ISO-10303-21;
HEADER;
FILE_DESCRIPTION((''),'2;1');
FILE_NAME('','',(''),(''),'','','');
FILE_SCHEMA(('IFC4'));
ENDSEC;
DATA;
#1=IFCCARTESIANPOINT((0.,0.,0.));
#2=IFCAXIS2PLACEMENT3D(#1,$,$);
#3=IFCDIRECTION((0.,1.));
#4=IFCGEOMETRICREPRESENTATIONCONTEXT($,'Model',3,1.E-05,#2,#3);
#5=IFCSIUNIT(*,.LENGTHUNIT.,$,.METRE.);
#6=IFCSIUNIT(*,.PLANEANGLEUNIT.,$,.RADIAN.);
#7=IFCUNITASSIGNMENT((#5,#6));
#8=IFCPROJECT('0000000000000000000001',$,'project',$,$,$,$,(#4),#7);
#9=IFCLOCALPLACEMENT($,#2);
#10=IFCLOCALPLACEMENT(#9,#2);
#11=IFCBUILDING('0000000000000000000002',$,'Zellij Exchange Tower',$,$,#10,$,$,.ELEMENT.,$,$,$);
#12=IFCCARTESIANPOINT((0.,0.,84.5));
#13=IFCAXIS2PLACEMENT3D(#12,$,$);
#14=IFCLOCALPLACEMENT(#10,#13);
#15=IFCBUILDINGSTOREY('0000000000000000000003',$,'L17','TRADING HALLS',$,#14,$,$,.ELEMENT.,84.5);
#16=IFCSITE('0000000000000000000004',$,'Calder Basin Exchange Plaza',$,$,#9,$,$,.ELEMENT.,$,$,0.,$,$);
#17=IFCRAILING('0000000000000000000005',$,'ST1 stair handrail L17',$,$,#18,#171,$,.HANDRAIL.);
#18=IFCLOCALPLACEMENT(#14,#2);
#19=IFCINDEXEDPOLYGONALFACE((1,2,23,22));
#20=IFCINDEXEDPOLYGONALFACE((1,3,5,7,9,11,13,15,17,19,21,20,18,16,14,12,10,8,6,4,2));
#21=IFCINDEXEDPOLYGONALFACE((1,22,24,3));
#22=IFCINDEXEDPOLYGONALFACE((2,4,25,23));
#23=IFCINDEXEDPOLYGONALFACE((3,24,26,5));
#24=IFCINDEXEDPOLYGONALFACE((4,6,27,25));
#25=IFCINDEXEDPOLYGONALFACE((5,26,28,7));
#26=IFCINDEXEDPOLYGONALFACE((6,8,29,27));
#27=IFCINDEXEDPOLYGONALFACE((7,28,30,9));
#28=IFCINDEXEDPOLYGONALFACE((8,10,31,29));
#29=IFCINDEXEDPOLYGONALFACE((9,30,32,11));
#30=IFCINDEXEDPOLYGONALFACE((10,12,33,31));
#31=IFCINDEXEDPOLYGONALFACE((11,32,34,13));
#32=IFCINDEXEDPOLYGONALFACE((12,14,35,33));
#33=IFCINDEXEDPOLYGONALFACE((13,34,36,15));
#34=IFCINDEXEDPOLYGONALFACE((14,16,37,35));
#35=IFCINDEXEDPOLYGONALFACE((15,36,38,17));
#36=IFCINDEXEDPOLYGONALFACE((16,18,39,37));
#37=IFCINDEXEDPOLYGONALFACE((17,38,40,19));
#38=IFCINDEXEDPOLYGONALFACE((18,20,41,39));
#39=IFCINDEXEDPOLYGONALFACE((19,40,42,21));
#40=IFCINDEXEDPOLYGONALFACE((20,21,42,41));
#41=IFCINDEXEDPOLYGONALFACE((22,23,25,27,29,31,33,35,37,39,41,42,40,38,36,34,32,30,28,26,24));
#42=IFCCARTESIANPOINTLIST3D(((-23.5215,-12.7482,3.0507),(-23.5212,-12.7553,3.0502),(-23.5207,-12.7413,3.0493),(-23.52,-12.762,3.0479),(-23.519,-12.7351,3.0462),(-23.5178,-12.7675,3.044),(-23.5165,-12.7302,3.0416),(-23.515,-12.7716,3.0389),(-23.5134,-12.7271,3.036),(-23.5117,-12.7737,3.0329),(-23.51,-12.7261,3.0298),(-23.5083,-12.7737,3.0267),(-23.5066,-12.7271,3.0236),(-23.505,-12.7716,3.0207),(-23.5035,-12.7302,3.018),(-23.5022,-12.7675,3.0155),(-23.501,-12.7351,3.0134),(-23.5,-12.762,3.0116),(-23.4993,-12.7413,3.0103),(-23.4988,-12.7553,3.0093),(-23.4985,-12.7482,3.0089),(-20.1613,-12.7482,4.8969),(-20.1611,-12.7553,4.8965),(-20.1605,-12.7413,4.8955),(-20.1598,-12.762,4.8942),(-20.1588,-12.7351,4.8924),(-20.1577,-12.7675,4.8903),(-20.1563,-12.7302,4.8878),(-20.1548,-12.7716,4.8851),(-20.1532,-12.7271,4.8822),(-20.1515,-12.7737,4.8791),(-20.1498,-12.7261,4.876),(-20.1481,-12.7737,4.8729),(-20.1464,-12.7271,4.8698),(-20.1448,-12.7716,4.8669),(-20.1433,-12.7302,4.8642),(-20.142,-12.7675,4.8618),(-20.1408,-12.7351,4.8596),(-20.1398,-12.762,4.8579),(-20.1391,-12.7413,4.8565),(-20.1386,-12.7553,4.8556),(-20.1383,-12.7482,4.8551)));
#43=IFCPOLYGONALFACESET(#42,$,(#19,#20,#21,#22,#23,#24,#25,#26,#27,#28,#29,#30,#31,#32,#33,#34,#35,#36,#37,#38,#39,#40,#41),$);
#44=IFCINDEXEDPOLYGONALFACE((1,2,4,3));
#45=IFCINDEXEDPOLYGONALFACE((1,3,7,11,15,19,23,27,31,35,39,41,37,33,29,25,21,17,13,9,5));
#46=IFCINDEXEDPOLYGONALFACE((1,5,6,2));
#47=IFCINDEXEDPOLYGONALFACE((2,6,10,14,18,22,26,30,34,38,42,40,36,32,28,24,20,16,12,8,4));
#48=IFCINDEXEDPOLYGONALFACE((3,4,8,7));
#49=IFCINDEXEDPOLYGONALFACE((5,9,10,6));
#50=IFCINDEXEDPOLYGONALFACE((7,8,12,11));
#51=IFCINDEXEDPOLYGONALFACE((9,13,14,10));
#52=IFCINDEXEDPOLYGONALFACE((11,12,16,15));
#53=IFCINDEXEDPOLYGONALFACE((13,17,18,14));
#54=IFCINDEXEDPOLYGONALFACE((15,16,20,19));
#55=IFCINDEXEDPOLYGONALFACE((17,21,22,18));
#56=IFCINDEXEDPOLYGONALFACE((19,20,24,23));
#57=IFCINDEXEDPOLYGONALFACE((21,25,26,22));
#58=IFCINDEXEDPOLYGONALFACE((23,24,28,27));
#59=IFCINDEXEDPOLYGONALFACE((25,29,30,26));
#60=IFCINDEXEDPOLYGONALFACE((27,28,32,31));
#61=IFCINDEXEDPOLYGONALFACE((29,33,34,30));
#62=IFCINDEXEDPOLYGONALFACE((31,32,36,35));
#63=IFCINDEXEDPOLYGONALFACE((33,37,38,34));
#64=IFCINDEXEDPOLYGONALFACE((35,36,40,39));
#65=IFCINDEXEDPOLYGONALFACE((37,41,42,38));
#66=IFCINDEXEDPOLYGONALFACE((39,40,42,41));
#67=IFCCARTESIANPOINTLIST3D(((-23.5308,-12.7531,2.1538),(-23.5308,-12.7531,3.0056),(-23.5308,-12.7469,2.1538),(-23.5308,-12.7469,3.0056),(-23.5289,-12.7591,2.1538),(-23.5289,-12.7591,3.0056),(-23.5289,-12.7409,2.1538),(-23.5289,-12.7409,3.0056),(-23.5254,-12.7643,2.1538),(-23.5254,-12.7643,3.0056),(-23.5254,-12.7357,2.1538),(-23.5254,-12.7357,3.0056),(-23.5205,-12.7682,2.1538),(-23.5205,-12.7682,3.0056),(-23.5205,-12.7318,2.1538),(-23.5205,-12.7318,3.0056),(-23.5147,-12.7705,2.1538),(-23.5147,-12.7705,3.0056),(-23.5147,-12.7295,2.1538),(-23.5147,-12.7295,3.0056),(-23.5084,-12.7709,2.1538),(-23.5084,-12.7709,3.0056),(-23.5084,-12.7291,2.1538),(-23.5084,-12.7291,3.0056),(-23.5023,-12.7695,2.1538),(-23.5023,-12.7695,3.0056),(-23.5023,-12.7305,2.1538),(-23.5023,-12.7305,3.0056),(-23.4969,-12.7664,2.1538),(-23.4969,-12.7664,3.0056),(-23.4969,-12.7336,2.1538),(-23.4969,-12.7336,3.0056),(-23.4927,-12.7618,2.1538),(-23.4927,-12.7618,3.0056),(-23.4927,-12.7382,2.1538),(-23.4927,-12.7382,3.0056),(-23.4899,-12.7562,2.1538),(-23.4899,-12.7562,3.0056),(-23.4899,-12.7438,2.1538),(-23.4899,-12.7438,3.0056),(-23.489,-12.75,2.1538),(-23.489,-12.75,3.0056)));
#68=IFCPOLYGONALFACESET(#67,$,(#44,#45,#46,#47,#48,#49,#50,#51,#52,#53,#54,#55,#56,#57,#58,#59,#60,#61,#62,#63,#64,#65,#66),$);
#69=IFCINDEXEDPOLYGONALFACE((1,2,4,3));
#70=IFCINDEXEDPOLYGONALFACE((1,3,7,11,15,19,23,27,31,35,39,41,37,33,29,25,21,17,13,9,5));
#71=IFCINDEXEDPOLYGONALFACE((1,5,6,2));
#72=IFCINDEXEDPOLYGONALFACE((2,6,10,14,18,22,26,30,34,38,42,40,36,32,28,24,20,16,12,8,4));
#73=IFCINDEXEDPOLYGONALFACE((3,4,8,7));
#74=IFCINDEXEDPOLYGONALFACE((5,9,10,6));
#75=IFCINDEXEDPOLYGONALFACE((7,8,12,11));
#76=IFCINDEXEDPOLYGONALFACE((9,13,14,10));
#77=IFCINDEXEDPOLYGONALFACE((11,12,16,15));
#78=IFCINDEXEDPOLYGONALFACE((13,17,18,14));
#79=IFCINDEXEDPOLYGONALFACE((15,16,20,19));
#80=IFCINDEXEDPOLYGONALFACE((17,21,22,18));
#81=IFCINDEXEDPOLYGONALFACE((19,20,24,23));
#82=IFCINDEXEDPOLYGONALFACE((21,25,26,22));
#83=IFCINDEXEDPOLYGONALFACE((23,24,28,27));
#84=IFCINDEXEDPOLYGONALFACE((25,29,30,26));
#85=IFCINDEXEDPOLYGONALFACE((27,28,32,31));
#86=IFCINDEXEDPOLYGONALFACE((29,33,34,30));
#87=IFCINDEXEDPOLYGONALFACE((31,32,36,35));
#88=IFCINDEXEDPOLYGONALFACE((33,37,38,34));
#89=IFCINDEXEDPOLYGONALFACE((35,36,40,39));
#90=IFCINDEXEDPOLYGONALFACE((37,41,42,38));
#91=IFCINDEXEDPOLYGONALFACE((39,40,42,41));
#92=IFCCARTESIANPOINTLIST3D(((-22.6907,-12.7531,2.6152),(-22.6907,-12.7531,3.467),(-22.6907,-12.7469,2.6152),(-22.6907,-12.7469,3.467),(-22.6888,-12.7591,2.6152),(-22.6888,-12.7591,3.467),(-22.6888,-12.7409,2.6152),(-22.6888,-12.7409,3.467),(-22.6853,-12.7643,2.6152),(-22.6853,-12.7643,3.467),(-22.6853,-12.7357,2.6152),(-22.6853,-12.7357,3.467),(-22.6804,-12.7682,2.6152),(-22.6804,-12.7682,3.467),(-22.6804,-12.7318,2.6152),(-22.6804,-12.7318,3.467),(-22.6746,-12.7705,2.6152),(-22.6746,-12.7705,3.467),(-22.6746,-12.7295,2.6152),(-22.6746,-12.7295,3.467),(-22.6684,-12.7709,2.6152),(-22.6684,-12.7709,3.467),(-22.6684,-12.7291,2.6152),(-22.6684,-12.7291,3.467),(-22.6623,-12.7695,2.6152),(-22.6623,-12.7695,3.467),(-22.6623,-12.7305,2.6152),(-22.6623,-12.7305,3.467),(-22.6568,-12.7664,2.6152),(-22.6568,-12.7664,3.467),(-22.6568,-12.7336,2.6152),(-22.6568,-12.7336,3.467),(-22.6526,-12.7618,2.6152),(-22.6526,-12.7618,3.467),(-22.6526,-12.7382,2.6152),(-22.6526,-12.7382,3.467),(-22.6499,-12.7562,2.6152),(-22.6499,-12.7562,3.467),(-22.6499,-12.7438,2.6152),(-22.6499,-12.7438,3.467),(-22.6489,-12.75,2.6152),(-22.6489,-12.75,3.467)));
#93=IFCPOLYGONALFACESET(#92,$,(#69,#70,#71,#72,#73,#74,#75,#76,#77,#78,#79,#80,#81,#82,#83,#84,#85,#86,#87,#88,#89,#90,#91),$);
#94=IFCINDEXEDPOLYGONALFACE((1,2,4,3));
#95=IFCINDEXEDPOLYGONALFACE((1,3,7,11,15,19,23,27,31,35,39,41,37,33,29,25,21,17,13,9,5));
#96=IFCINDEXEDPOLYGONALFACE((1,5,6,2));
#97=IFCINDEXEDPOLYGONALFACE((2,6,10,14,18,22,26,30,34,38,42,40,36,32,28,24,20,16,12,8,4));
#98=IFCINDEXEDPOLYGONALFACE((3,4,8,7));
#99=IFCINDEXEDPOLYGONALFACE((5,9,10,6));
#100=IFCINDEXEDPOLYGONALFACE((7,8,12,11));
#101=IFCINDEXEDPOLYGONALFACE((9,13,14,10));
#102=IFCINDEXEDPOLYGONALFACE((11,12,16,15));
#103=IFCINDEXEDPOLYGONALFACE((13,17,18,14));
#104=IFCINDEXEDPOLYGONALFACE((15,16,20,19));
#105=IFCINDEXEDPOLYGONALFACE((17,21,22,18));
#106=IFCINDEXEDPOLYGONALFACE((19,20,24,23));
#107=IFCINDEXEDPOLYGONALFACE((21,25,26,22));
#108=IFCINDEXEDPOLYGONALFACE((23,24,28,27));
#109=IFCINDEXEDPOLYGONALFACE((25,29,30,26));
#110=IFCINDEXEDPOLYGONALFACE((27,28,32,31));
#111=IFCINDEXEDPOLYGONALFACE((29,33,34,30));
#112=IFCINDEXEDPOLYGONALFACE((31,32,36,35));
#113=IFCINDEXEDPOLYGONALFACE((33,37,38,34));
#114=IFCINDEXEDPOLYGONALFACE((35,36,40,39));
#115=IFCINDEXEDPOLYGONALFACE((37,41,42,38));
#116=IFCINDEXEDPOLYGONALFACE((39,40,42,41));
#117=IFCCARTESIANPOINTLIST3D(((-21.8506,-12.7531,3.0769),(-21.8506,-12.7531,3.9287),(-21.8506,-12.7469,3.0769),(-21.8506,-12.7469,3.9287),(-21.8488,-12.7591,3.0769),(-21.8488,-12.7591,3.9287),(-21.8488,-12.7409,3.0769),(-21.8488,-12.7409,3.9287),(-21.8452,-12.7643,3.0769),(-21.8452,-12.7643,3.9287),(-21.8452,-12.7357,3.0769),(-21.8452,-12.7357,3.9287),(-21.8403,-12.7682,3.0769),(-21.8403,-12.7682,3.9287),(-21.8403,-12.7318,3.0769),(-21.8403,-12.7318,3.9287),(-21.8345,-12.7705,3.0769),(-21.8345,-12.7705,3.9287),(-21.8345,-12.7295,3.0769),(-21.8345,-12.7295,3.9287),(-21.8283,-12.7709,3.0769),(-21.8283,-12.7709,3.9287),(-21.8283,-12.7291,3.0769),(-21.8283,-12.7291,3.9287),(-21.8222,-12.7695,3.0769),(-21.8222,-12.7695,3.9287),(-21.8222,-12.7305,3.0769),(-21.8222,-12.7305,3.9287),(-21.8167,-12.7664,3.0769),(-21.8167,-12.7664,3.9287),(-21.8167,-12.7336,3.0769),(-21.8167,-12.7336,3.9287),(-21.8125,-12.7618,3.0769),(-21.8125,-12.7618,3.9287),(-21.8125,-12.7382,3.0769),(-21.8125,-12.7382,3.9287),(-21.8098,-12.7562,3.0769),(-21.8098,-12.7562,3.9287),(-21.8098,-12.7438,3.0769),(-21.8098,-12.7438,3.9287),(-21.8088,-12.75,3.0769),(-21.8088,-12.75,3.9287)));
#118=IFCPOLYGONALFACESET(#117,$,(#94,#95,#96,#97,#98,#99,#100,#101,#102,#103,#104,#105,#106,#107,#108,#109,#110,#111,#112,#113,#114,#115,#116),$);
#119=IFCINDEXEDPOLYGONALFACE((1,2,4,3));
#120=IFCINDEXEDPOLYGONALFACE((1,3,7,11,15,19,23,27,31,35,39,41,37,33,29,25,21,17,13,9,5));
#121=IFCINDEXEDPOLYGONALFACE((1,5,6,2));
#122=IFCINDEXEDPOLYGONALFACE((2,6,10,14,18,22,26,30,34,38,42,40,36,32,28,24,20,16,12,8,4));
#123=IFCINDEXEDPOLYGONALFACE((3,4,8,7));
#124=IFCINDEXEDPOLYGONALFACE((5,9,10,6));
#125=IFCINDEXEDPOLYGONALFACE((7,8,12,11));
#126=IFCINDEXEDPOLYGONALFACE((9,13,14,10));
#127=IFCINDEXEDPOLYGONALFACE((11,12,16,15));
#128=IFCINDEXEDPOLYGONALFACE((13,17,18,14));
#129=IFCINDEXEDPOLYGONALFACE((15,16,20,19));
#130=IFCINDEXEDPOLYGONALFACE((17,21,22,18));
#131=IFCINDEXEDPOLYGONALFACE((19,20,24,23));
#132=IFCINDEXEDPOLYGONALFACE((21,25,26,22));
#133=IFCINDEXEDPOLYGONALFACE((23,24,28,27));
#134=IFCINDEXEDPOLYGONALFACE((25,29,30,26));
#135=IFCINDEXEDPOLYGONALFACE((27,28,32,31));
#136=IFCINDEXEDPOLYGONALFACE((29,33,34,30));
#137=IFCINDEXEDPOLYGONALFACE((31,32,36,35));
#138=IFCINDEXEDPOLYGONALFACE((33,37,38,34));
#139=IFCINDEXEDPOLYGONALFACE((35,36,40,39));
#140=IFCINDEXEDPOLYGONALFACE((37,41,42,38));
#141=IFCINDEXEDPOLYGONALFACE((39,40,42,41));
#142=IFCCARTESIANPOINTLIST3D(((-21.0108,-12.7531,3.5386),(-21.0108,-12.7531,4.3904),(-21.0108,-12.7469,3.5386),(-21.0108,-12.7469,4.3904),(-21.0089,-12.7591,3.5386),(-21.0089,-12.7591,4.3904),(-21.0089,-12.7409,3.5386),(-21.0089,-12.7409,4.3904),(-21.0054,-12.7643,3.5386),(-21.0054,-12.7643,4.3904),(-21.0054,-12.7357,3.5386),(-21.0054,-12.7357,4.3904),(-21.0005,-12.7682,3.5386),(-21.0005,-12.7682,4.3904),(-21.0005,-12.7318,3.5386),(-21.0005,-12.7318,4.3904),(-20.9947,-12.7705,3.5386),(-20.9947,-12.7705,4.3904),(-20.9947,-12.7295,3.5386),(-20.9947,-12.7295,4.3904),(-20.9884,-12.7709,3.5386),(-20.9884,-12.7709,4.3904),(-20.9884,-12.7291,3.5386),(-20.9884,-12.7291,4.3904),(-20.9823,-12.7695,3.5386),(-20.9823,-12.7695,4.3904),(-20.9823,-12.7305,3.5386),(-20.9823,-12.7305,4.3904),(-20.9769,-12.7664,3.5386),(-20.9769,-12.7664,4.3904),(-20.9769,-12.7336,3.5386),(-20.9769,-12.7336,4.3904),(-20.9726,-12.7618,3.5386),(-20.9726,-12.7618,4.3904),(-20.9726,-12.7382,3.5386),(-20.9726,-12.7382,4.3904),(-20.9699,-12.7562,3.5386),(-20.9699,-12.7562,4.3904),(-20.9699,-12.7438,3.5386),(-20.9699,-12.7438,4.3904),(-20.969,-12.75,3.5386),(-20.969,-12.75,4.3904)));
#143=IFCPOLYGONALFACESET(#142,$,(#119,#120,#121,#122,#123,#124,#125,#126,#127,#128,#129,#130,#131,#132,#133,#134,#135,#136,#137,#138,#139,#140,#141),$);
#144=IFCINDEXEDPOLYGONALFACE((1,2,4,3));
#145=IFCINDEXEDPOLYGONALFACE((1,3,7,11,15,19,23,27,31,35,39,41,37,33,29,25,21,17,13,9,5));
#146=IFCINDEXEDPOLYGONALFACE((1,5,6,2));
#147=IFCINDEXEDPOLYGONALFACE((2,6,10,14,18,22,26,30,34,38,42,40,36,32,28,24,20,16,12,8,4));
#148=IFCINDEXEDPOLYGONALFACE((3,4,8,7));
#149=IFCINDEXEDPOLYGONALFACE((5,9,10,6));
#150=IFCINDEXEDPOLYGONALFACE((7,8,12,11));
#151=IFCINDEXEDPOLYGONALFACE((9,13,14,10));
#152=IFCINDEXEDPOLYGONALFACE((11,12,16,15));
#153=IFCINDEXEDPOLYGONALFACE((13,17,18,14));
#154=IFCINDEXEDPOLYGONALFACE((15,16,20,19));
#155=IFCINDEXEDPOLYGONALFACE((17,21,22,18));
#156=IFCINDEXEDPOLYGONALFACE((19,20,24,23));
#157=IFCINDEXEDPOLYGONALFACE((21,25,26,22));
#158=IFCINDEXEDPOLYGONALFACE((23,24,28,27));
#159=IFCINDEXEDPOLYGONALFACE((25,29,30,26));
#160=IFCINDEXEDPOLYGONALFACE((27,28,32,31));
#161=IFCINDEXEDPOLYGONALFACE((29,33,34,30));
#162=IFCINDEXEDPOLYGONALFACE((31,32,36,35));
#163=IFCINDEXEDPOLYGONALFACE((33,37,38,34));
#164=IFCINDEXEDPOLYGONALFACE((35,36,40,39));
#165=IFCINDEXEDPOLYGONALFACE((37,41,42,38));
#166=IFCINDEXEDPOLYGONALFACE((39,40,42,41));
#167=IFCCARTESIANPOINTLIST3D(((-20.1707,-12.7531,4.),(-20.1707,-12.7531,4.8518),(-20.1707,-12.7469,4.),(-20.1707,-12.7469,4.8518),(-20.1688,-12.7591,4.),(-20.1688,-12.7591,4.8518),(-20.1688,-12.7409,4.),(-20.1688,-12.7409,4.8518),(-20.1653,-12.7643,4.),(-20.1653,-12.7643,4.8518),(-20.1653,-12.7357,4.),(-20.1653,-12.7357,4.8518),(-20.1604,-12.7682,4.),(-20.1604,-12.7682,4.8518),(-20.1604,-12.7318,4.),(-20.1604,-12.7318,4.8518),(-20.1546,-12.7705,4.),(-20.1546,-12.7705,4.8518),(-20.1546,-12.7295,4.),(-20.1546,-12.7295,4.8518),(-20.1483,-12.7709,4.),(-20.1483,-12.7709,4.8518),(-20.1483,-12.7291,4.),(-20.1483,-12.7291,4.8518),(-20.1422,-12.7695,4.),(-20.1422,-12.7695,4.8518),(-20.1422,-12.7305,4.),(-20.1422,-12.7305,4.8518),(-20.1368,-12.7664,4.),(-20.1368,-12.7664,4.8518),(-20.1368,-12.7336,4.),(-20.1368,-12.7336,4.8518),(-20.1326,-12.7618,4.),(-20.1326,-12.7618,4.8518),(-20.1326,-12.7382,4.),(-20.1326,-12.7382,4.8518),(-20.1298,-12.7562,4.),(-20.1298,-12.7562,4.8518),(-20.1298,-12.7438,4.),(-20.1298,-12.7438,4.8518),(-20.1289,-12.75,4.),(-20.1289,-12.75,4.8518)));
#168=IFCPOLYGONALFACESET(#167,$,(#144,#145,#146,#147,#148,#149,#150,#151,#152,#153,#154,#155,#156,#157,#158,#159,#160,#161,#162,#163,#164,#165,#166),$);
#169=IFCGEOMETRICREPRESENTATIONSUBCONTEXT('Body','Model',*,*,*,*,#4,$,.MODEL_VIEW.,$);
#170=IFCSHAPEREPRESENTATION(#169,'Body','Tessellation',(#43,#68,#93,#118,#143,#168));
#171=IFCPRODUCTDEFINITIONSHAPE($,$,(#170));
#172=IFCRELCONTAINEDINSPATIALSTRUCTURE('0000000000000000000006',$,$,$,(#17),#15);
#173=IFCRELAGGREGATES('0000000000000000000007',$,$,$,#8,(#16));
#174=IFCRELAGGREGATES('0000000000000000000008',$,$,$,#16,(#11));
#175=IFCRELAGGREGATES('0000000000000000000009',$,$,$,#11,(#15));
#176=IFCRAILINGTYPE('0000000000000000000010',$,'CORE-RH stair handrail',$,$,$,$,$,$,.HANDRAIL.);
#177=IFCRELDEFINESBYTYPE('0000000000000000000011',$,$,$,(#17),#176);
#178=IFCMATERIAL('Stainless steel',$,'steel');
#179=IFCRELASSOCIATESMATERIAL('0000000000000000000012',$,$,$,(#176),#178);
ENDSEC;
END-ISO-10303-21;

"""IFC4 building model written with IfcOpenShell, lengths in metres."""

from ifc_helpers import new_model, si_unit, direction, frame, origin, origin_2d, place, context, subcontext, project, spatial, circle, extrude, material, type_object, element, save


model = new_model("IFC4")

# Units and contexts
model_context = context("Model", 3, precision=1e-05, world=origin(), true_north=direction((0.0, 1.0)))
body_context = subcontext(model_context, "Body", "Model", "MODEL_VIEW")
ifc_project = project(units=[si_unit("LENGTHUNIT", "METRE"), si_unit("PLANEANGLEUNIT", "RADIAN")], contexts=[model_context])

# Site, building, storey
site_placement = place(None, origin())
site = spatial("IfcSite", under=ifc_project, at=site_placement, Name="Calder Basin Exchange Plaza", CompositionType="ELEMENT", RefElevation=0.0)
building_placement = place(site_placement, origin())
building = spatial("IfcBuilding", under=site, at=building_placement, Name="Zellij Exchange Tower", CompositionType="ELEMENT")
storey_placement = place(building_placement, frame((0.0, 0.0, 84.5)))
storey = spatial("IfcBuildingStorey", under=building, at=storey_placement, Name="L17", Description="TRADING HALLS", CompositionType="ELEMENT", Elevation=84.5)

# Railing
ifc_material_1 = material(Name="Stainless steel", Category="steel")
railing_type = type_object("IfcRailingType", Name="CORE-RH stair handrail", PredefinedType="HANDRAIL", material=ifc_material_1)
railing_placement = place(storey_placement, frame((-23.51, -12.75, 2.1538)))
element("IfcRailing", 1, at=railing_placement, inside=storey, type_object=railing_type, Name="ST1 stair handrail L17", PredefinedType="HANDRAIL", context=body_context, shape_type="SweptSolid", body=[
    extrude(circle(Radius=0.0239, at=origin_2d()), frame((0.0, 0.0, 0.876), z_axis=(0.876422, 0.0, 0.481545), x_axis=(0.0, 1.0, 0.0)), (0.0, 0.0, 1.0), 3.834),
    extrude(circle(Radius=0.021, at=origin_2d()), origin(), (0.0, 0.0, 1.0), 0.8518),
    extrude(circle(Radius=0.021, at=origin_2d()), frame((0.8401, 0.0, 0.4614)), (0.0, 0.0, 1.0), 0.8518),
    extrude(circle(Radius=0.021, at=origin_2d()), frame((1.6802, 0.0, 0.9231)), (0.0, 0.0, 1.0), 0.8518),
    extrude(circle(Radius=0.021, at=origin_2d()), frame((2.52, 0.0, 1.3848)), (0.0, 0.0, 1.0), 0.8518),
    extrude(circle(Radius=0.021, at=origin_2d()), frame((3.3601, 0.0, 1.8462)), (0.0, 0.0, 1.0), 0.8518),
])

save(model, "model.ifc")
